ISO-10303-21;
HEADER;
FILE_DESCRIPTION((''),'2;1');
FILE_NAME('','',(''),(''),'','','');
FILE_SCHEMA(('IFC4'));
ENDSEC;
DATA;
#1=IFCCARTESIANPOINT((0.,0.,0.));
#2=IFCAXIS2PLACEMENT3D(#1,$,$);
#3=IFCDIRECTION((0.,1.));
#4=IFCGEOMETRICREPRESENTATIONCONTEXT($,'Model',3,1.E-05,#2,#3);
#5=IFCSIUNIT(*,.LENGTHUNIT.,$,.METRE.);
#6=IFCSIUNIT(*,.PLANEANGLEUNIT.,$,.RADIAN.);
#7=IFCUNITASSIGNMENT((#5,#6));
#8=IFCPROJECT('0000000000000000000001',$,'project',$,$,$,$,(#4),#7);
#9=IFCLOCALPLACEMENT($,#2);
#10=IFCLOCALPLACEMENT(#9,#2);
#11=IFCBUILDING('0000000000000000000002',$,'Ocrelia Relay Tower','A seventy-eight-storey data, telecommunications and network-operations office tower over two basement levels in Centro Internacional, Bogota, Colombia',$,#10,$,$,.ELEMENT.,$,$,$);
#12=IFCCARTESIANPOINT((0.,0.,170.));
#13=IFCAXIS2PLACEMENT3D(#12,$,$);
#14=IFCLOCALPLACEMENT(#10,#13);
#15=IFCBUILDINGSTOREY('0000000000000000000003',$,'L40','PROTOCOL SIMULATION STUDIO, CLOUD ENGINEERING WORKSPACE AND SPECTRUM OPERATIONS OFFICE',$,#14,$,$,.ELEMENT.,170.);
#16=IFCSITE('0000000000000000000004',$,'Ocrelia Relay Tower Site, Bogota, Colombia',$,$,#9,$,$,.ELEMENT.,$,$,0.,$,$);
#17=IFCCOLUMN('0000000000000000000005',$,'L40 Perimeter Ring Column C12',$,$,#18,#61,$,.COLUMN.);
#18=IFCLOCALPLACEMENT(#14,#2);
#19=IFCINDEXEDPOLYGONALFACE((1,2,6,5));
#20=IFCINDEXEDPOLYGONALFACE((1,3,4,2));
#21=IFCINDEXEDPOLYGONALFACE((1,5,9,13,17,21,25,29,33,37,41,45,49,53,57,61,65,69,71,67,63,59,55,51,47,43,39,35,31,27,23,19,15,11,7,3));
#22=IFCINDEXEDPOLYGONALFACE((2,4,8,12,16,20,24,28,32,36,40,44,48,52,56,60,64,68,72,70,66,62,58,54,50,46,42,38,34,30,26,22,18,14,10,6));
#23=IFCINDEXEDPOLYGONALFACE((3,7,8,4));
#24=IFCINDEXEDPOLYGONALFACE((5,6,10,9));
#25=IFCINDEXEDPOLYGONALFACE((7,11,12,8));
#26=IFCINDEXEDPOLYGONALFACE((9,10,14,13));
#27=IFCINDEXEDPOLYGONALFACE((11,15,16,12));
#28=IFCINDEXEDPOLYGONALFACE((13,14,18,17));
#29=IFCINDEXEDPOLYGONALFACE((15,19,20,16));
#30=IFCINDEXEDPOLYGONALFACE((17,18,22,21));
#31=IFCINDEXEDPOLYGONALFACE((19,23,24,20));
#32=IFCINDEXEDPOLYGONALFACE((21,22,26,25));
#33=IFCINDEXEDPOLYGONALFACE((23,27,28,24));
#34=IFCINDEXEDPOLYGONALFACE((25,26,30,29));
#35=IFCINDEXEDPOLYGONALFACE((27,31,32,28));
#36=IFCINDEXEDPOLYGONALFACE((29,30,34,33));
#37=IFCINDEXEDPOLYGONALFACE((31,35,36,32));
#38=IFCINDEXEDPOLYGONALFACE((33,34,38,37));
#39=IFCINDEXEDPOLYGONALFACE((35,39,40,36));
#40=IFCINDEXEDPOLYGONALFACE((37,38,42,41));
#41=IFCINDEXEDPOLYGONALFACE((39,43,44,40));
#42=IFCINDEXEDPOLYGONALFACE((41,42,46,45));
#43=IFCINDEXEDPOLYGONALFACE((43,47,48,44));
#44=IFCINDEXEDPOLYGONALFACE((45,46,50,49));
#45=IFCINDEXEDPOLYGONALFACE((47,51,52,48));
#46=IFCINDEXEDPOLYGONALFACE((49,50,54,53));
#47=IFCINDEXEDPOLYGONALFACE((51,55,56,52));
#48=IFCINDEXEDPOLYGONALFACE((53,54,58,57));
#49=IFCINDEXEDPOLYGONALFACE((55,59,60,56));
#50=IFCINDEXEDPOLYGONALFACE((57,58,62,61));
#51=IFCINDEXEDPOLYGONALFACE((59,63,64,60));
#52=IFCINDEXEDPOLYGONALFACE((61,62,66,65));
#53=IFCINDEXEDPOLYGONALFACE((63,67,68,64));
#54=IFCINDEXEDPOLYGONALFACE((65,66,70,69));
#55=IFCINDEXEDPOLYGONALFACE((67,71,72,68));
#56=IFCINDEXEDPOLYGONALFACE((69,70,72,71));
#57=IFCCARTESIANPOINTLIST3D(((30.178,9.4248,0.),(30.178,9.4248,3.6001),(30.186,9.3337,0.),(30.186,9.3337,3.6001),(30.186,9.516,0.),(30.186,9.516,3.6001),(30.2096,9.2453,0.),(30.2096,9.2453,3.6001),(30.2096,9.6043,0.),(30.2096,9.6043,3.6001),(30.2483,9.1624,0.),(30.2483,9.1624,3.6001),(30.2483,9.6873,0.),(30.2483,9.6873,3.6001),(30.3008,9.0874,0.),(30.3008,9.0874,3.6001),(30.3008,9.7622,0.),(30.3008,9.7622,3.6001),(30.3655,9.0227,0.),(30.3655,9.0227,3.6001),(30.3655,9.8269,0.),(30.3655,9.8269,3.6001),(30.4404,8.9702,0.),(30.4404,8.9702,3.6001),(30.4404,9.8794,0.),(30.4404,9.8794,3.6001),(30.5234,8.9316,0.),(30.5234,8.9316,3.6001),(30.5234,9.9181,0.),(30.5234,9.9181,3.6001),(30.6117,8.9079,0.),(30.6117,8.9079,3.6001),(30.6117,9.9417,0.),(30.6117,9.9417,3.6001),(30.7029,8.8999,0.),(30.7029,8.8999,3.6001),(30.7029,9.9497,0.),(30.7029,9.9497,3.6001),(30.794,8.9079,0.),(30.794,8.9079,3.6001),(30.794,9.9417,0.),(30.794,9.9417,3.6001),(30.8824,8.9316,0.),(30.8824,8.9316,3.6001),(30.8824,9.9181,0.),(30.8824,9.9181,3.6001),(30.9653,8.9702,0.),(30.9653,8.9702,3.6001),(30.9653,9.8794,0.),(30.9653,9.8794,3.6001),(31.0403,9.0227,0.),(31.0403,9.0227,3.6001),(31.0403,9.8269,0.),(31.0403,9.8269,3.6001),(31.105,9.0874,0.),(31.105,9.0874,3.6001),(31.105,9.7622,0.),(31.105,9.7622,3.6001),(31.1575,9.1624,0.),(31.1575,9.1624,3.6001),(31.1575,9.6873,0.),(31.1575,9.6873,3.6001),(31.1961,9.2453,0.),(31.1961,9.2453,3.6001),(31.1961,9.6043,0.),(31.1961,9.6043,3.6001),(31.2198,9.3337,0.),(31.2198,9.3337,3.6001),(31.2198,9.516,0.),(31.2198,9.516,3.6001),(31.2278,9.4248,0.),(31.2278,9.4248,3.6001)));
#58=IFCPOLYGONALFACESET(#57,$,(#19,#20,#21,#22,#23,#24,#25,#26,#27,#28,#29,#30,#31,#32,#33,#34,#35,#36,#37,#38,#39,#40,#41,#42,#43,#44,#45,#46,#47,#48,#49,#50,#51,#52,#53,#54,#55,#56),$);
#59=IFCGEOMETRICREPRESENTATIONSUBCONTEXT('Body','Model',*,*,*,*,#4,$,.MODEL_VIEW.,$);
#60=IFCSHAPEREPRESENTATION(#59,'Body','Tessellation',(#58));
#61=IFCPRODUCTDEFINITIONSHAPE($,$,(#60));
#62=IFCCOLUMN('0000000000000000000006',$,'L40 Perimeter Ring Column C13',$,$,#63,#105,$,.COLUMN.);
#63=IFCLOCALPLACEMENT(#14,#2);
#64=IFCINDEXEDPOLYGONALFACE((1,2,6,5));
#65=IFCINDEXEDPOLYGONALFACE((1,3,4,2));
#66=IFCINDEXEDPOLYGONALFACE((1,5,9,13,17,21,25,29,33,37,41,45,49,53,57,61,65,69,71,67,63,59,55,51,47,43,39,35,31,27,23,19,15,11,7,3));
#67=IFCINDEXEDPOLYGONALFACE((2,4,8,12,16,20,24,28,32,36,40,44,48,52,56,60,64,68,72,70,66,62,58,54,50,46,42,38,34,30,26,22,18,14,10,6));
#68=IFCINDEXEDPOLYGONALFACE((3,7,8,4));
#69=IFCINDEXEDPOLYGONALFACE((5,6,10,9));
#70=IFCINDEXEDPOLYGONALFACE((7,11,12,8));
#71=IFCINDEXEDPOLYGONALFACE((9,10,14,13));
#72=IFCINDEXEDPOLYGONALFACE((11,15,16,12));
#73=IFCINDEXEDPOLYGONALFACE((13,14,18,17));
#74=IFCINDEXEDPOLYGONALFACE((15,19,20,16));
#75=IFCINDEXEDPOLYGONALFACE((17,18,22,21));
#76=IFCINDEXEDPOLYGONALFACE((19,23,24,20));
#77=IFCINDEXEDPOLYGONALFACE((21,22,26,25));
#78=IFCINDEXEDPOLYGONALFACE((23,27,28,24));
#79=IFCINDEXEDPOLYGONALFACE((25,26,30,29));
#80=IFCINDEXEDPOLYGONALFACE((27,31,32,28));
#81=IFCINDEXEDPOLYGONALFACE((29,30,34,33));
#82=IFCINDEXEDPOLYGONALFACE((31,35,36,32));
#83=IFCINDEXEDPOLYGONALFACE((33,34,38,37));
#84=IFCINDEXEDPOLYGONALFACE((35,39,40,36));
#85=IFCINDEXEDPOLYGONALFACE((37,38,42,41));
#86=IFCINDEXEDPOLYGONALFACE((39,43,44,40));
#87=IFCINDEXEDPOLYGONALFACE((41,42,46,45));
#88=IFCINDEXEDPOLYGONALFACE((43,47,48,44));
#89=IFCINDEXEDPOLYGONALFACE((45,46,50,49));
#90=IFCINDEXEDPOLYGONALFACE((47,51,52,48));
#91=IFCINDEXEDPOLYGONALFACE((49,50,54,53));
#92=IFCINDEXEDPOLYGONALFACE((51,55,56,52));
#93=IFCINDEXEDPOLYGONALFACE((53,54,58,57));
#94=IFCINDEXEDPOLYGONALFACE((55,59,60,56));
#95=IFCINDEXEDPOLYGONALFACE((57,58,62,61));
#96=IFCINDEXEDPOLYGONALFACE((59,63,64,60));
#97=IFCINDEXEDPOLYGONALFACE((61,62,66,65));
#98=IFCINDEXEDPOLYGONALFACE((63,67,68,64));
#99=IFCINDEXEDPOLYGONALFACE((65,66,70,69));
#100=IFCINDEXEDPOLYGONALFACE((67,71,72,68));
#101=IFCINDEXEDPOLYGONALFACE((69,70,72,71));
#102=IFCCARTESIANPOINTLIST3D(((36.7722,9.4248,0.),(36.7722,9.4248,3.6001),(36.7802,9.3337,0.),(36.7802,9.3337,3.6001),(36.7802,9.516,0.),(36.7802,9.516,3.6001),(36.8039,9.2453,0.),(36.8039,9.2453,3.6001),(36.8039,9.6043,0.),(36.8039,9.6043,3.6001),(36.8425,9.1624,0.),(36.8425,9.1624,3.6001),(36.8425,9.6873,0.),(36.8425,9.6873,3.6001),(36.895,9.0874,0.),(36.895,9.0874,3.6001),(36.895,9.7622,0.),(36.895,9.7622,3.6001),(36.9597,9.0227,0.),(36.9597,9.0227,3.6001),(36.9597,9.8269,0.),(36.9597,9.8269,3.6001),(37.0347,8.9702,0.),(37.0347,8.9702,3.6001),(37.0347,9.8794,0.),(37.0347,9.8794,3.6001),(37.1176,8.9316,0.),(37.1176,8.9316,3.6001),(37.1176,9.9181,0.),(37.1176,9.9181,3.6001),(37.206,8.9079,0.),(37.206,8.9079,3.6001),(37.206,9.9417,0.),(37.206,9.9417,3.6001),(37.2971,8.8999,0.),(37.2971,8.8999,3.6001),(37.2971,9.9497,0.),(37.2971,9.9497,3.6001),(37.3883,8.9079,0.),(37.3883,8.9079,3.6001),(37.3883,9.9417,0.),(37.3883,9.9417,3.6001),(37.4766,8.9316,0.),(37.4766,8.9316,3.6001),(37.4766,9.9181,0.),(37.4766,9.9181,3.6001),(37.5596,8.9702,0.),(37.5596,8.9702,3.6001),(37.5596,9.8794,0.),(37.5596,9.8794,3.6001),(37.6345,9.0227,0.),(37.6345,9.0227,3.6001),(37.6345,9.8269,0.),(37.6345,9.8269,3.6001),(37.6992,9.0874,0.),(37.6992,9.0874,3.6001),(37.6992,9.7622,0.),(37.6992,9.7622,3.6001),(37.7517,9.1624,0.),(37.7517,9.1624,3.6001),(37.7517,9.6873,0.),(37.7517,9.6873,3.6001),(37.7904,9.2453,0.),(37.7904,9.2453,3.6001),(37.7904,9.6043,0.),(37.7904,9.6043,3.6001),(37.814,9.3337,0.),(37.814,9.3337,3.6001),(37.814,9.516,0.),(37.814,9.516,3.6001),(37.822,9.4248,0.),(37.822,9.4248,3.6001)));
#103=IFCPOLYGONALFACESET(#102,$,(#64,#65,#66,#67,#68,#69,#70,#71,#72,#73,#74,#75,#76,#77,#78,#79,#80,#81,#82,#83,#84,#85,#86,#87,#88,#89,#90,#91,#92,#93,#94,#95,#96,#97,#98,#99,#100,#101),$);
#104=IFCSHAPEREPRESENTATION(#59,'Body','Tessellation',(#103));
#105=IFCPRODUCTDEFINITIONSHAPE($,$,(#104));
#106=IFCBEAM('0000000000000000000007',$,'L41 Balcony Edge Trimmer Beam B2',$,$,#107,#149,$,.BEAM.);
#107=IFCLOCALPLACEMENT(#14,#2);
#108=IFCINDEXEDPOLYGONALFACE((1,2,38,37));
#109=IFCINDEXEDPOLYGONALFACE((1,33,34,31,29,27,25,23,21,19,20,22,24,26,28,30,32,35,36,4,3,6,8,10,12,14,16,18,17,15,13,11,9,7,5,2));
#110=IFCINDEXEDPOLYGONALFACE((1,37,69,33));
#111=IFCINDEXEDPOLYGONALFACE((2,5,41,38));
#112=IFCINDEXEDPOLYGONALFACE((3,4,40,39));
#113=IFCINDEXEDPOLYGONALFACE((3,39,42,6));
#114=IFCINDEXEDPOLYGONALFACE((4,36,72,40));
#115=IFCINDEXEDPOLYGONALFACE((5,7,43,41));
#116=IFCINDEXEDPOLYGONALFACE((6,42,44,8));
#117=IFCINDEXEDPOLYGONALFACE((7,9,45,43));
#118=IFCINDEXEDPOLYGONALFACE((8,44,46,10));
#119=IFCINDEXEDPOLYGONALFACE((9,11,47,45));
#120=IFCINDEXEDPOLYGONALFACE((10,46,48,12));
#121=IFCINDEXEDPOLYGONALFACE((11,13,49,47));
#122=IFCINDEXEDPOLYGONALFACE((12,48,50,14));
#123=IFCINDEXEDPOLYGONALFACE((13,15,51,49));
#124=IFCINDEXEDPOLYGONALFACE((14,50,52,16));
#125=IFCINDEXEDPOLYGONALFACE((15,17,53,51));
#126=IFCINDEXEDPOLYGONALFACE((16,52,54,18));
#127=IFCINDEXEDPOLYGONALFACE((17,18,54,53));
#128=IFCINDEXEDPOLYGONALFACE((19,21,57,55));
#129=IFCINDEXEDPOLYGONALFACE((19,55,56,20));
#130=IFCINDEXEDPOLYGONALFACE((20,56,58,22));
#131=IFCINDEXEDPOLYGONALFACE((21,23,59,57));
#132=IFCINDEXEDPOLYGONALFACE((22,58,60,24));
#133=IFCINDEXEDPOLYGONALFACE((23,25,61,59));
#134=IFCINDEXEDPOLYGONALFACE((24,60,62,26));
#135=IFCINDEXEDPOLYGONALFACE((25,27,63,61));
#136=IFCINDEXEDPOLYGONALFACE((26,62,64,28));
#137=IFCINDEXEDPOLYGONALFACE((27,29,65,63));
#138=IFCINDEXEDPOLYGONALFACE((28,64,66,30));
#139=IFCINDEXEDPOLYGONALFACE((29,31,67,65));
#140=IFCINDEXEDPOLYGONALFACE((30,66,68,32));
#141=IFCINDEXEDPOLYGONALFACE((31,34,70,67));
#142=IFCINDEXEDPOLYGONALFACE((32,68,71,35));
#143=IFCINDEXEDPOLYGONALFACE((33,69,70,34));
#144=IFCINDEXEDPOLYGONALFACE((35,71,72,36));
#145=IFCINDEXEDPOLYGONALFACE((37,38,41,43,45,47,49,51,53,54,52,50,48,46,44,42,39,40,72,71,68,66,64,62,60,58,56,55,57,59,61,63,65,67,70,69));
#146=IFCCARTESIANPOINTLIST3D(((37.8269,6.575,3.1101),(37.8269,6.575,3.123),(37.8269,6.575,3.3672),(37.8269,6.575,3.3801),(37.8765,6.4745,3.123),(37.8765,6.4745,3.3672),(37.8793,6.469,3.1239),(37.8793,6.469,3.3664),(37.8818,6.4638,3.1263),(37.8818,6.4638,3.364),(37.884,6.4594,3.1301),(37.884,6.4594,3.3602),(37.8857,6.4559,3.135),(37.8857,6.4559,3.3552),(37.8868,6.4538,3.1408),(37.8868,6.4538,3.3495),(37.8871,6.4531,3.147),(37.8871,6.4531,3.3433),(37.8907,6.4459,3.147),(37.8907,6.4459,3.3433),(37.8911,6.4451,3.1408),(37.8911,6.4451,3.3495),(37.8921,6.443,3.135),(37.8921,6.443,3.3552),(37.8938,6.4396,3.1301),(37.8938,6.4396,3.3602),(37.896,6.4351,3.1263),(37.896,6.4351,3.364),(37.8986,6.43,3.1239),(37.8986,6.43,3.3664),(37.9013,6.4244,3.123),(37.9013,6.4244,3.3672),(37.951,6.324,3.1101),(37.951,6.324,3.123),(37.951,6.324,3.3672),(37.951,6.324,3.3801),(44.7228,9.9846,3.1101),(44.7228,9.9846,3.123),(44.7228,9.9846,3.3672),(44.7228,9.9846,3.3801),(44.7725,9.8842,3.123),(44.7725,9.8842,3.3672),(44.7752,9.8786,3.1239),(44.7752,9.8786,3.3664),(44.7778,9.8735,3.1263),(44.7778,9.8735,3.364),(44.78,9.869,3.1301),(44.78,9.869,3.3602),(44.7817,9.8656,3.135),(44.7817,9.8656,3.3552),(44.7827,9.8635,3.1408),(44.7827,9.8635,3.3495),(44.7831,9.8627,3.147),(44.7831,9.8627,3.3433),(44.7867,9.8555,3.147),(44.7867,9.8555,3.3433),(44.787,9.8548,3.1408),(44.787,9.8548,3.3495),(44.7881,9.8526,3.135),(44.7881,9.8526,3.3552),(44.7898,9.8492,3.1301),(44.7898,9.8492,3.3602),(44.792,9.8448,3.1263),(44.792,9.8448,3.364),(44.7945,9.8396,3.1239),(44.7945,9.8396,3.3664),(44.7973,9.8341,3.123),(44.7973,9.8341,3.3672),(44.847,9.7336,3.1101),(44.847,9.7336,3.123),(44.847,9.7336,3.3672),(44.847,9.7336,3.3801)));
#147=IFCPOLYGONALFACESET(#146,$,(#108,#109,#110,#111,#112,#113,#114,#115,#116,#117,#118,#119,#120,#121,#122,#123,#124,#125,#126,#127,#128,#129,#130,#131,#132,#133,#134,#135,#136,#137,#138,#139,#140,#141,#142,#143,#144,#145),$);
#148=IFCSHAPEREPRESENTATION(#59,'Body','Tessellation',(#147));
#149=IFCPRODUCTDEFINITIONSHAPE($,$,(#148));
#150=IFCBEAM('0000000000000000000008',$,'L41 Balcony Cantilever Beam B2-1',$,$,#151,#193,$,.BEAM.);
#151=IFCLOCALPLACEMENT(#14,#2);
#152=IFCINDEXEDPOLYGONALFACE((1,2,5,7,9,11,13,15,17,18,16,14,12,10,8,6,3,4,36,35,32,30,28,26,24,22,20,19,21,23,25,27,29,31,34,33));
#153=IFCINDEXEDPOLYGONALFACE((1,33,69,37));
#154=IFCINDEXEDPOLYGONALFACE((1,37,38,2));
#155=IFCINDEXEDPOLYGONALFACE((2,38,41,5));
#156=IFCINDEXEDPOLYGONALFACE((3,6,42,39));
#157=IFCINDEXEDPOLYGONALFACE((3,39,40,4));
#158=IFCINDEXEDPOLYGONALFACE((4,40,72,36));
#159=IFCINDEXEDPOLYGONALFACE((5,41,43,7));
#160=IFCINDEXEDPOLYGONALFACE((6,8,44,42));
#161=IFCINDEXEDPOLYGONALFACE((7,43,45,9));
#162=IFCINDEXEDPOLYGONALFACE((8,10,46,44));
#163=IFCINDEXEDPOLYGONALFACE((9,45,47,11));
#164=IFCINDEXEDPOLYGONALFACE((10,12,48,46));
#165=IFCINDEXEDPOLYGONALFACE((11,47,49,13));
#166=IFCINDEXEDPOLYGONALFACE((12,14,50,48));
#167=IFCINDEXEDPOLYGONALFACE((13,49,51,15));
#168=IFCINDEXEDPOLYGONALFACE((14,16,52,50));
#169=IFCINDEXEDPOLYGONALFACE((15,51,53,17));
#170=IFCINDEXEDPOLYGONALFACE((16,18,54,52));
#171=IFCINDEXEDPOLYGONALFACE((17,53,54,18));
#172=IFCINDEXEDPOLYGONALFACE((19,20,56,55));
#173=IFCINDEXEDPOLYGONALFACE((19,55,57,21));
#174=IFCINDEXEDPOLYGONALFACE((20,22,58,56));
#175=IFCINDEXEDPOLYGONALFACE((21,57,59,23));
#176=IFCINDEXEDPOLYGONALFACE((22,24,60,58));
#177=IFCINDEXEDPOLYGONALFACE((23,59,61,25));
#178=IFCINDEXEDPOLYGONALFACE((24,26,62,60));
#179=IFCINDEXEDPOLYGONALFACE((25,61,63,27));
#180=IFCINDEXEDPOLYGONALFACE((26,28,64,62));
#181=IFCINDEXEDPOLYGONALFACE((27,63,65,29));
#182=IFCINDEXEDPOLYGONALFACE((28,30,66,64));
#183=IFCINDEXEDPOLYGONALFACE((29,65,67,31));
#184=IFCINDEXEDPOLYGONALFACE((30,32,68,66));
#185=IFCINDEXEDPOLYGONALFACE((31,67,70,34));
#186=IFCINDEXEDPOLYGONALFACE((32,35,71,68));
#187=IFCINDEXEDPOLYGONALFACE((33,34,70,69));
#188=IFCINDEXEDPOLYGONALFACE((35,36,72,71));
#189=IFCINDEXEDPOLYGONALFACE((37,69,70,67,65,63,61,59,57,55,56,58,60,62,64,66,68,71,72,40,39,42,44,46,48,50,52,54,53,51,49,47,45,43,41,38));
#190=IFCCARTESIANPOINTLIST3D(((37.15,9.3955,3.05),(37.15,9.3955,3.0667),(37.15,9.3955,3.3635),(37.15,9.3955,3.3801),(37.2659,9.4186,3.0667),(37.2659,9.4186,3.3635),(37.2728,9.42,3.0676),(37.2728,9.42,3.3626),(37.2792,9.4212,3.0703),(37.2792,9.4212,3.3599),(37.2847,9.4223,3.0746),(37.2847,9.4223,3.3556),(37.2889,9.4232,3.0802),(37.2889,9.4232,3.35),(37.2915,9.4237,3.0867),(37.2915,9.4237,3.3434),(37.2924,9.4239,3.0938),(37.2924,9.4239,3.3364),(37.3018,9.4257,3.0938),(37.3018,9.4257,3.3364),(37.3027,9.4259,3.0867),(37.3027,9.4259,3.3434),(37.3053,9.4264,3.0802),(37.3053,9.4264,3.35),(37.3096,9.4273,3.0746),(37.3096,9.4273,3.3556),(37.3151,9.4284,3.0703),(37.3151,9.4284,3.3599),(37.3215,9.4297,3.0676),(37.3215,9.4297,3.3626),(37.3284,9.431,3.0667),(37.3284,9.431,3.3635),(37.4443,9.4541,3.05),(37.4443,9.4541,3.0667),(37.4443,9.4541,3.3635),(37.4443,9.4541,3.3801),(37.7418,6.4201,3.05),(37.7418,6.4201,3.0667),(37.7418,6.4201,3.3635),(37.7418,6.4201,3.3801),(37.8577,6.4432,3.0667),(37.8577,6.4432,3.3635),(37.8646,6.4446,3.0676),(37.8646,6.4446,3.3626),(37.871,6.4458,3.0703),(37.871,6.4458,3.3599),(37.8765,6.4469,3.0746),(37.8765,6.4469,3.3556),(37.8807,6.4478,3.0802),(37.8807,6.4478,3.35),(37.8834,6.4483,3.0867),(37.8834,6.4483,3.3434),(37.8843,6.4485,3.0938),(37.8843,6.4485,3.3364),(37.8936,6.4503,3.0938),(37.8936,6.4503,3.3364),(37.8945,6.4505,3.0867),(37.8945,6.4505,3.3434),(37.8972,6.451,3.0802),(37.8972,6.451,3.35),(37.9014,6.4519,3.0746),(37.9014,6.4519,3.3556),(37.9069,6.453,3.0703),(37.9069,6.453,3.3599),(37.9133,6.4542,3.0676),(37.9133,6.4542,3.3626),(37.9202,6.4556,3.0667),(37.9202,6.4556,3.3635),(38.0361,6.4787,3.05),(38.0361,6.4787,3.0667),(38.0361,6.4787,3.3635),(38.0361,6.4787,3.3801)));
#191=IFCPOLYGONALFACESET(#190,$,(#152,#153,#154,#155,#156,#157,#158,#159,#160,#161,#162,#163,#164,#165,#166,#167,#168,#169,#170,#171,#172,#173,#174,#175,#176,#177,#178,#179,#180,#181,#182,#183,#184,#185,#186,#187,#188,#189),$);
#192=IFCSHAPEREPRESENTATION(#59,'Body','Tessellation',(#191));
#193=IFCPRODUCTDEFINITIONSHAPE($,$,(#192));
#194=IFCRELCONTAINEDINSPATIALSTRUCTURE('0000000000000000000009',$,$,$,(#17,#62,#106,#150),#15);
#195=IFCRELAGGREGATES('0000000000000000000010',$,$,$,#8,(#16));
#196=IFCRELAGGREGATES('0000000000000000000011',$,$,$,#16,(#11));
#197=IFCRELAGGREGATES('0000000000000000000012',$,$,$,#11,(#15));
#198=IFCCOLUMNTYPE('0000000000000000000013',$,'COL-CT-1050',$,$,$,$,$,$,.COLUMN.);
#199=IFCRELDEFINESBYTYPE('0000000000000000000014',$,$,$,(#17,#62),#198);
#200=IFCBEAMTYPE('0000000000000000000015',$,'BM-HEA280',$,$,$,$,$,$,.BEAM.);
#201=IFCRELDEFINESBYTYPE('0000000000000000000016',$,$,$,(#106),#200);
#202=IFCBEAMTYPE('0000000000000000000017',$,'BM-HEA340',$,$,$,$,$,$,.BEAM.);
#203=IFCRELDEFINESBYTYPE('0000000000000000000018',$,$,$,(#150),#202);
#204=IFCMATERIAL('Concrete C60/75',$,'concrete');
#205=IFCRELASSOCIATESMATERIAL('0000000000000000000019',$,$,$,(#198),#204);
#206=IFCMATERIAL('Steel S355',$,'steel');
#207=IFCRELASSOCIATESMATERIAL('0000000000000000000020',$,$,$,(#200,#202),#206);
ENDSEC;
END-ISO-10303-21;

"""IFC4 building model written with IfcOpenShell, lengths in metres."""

from ifc_helpers import new_model, si_unit, direction, frame, origin, origin_2d, place, context, subcontext, project, spatial, circle, i_section, extrude, material, material_profile, profile_set, type_object, element, save


model = new_model("IFC4")

# Units and contexts
model_context = context("Model", 3, precision=1e-05, world=origin(), true_north=direction((0.0, 1.0)))
body_context = subcontext(model_context, "Body", "Model", "MODEL_VIEW")
ifc_project = project(units=[si_unit("LENGTHUNIT", "METRE"), si_unit("PLANEANGLEUNIT", "RADIAN")], contexts=[model_context])

# Site, building, storey
site_placement = place(None, origin())
site = spatial("IfcSite", under=ifc_project, at=site_placement, Name="Ocrelia Relay Tower Site, Bogota, Colombia", CompositionType="ELEMENT", RefElevation=0.0)
building_placement = place(site_placement, origin())
building = spatial("IfcBuilding", under=site, at=building_placement, Name="Ocrelia Relay Tower", Description="A seventy-eight-storey data, telecommunications and network-operations office tower over two basement levels in Centro Internacional, Bogota, Colombia", CompositionType="ELEMENT")
storey_placement = place(building_placement, frame((0.0, 0.0, 170.0)))
storey = spatial("IfcBuildingStorey", under=building, at=storey_placement, Name="L40", Description="PROTOCOL SIMULATION STUDIO, CLOUD ENGINEERING WORKSPACE AND SPECTRUM OPERATIONS OFFICE", CompositionType="ELEMENT", Elevation=170.0)

# Columns
ifc_material_1 = material(Name="Concrete C60/75", Category="concrete")
ifc_material_profile_1 = material_profile(ifc_material_1, circle(Radius=0.5249, at=origin_2d()), Name="RC-CIR-1050")
ifc_profile_set_1 = profile_set([ifc_material_profile_1], Name="Concrete C60/75")
column_type = type_object("IfcColumnType", Name="COL-CT-1050", PredefinedType="COLUMN", material=ifc_profile_set_1)
for number, where, z_axis, x_axis, name in (
    (1, (30.7029, 9.4248, 0.0), (0.0, 0.0, 1.0), (1.0, 0.0, 0.0), "L40 Perimeter Ring Column C12"),
    (2, (37.2971, 9.4248, 0.0), (0.0, 0.0, 1.0), (1.0, 0.0, 0.0), "L40 Perimeter Ring Column C13"),
):
    element("IfcColumn", number, at=place(storey_placement, frame(where, z_axis=z_axis, x_axis=x_axis)), inside=storey, type_object=column_type, Name=name, PredefinedType="COLUMN", context=body_context, shape_type="SweptSolid", body=[
        extrude(circle(Radius=0.5249, at=origin_2d()), origin(), (0.0, 0.0, 1.0), 3.6001),
    ])

# Beams
ifc_material_2 = material(Name="Steel S355", Category="steel")
ifc_material_profile_2 = material_profile(ifc_material_2, i_section(OverallWidth=0.28, OverallDepth=0.27, WebThickness=0.0081, FlangeThickness=0.0129, FilletRadius=0.0239, at=origin_2d()), Name="HEA 280")
ifc_profile_set_2 = profile_set([ifc_material_profile_2], Name="Steel S355")
beam_type_1 = type_object("IfcBeamType", Name="BM-HEA280", PredefinedType="BEAM", material=ifc_profile_set_2)
beam_1_placement = place(storey_placement, frame((37.8889, 6.4495, 3.2451), z_axis=(0.896411, 0.443223, 0.0), x_axis=(-0.443223, 0.896411, 0.0)))
element("IfcBeam", 3, at=beam_1_placement, inside=storey, type_object=beam_type_1, Name="L41 Balcony Edge Trimmer Beam B2", PredefinedType="BEAM", context=body_context, shape_type="SweptSolid", body=[
    extrude(i_section(OverallWidth=0.28, OverallDepth=0.27, WebThickness=0.0081, FlangeThickness=0.0129, FilletRadius=0.0239, at=origin_2d()), origin(), (0.0, 0.0, 1.0), 7.6929),
])
ifc_material_profile_3 = material_profile(ifc_material_2, i_section(OverallWidth=0.3, OverallDepth=0.3301, WebThickness=0.0095, FlangeThickness=0.0166, FilletRadius=0.0271, at=origin_2d()), Name="HEA 340")
ifc_profile_set_3 = profile_set([ifc_material_profile_3], Name="Steel S355")
beam_type_2 = type_object("IfcBeamType", Name="BM-HEA340", PredefinedType="BEAM", material=ifc_profile_set_3)
beam_2_placement = place(storey_placement, frame((37.2971, 9.4248, 3.2151), z_axis=(0.195079, -0.980788, 0.0), x_axis=(0.980788, 0.195079, 0.0)))
element("IfcBeam", 4, at=beam_2_placement, inside=storey, type_object=beam_type_2, Name="L41 Balcony Cantilever Beam B2-1", PredefinedType="BEAM", context=body_context, shape_type="SweptSolid", body=[
    extrude(i_section(OverallWidth=0.3, OverallDepth=0.3301, WebThickness=0.0095, FlangeThickness=0.0166, FilletRadius=0.0271, at=origin_2d()), origin(), (0.0, 0.0, 1.0), 3.0337),
])

save(model, "model.ifc")
